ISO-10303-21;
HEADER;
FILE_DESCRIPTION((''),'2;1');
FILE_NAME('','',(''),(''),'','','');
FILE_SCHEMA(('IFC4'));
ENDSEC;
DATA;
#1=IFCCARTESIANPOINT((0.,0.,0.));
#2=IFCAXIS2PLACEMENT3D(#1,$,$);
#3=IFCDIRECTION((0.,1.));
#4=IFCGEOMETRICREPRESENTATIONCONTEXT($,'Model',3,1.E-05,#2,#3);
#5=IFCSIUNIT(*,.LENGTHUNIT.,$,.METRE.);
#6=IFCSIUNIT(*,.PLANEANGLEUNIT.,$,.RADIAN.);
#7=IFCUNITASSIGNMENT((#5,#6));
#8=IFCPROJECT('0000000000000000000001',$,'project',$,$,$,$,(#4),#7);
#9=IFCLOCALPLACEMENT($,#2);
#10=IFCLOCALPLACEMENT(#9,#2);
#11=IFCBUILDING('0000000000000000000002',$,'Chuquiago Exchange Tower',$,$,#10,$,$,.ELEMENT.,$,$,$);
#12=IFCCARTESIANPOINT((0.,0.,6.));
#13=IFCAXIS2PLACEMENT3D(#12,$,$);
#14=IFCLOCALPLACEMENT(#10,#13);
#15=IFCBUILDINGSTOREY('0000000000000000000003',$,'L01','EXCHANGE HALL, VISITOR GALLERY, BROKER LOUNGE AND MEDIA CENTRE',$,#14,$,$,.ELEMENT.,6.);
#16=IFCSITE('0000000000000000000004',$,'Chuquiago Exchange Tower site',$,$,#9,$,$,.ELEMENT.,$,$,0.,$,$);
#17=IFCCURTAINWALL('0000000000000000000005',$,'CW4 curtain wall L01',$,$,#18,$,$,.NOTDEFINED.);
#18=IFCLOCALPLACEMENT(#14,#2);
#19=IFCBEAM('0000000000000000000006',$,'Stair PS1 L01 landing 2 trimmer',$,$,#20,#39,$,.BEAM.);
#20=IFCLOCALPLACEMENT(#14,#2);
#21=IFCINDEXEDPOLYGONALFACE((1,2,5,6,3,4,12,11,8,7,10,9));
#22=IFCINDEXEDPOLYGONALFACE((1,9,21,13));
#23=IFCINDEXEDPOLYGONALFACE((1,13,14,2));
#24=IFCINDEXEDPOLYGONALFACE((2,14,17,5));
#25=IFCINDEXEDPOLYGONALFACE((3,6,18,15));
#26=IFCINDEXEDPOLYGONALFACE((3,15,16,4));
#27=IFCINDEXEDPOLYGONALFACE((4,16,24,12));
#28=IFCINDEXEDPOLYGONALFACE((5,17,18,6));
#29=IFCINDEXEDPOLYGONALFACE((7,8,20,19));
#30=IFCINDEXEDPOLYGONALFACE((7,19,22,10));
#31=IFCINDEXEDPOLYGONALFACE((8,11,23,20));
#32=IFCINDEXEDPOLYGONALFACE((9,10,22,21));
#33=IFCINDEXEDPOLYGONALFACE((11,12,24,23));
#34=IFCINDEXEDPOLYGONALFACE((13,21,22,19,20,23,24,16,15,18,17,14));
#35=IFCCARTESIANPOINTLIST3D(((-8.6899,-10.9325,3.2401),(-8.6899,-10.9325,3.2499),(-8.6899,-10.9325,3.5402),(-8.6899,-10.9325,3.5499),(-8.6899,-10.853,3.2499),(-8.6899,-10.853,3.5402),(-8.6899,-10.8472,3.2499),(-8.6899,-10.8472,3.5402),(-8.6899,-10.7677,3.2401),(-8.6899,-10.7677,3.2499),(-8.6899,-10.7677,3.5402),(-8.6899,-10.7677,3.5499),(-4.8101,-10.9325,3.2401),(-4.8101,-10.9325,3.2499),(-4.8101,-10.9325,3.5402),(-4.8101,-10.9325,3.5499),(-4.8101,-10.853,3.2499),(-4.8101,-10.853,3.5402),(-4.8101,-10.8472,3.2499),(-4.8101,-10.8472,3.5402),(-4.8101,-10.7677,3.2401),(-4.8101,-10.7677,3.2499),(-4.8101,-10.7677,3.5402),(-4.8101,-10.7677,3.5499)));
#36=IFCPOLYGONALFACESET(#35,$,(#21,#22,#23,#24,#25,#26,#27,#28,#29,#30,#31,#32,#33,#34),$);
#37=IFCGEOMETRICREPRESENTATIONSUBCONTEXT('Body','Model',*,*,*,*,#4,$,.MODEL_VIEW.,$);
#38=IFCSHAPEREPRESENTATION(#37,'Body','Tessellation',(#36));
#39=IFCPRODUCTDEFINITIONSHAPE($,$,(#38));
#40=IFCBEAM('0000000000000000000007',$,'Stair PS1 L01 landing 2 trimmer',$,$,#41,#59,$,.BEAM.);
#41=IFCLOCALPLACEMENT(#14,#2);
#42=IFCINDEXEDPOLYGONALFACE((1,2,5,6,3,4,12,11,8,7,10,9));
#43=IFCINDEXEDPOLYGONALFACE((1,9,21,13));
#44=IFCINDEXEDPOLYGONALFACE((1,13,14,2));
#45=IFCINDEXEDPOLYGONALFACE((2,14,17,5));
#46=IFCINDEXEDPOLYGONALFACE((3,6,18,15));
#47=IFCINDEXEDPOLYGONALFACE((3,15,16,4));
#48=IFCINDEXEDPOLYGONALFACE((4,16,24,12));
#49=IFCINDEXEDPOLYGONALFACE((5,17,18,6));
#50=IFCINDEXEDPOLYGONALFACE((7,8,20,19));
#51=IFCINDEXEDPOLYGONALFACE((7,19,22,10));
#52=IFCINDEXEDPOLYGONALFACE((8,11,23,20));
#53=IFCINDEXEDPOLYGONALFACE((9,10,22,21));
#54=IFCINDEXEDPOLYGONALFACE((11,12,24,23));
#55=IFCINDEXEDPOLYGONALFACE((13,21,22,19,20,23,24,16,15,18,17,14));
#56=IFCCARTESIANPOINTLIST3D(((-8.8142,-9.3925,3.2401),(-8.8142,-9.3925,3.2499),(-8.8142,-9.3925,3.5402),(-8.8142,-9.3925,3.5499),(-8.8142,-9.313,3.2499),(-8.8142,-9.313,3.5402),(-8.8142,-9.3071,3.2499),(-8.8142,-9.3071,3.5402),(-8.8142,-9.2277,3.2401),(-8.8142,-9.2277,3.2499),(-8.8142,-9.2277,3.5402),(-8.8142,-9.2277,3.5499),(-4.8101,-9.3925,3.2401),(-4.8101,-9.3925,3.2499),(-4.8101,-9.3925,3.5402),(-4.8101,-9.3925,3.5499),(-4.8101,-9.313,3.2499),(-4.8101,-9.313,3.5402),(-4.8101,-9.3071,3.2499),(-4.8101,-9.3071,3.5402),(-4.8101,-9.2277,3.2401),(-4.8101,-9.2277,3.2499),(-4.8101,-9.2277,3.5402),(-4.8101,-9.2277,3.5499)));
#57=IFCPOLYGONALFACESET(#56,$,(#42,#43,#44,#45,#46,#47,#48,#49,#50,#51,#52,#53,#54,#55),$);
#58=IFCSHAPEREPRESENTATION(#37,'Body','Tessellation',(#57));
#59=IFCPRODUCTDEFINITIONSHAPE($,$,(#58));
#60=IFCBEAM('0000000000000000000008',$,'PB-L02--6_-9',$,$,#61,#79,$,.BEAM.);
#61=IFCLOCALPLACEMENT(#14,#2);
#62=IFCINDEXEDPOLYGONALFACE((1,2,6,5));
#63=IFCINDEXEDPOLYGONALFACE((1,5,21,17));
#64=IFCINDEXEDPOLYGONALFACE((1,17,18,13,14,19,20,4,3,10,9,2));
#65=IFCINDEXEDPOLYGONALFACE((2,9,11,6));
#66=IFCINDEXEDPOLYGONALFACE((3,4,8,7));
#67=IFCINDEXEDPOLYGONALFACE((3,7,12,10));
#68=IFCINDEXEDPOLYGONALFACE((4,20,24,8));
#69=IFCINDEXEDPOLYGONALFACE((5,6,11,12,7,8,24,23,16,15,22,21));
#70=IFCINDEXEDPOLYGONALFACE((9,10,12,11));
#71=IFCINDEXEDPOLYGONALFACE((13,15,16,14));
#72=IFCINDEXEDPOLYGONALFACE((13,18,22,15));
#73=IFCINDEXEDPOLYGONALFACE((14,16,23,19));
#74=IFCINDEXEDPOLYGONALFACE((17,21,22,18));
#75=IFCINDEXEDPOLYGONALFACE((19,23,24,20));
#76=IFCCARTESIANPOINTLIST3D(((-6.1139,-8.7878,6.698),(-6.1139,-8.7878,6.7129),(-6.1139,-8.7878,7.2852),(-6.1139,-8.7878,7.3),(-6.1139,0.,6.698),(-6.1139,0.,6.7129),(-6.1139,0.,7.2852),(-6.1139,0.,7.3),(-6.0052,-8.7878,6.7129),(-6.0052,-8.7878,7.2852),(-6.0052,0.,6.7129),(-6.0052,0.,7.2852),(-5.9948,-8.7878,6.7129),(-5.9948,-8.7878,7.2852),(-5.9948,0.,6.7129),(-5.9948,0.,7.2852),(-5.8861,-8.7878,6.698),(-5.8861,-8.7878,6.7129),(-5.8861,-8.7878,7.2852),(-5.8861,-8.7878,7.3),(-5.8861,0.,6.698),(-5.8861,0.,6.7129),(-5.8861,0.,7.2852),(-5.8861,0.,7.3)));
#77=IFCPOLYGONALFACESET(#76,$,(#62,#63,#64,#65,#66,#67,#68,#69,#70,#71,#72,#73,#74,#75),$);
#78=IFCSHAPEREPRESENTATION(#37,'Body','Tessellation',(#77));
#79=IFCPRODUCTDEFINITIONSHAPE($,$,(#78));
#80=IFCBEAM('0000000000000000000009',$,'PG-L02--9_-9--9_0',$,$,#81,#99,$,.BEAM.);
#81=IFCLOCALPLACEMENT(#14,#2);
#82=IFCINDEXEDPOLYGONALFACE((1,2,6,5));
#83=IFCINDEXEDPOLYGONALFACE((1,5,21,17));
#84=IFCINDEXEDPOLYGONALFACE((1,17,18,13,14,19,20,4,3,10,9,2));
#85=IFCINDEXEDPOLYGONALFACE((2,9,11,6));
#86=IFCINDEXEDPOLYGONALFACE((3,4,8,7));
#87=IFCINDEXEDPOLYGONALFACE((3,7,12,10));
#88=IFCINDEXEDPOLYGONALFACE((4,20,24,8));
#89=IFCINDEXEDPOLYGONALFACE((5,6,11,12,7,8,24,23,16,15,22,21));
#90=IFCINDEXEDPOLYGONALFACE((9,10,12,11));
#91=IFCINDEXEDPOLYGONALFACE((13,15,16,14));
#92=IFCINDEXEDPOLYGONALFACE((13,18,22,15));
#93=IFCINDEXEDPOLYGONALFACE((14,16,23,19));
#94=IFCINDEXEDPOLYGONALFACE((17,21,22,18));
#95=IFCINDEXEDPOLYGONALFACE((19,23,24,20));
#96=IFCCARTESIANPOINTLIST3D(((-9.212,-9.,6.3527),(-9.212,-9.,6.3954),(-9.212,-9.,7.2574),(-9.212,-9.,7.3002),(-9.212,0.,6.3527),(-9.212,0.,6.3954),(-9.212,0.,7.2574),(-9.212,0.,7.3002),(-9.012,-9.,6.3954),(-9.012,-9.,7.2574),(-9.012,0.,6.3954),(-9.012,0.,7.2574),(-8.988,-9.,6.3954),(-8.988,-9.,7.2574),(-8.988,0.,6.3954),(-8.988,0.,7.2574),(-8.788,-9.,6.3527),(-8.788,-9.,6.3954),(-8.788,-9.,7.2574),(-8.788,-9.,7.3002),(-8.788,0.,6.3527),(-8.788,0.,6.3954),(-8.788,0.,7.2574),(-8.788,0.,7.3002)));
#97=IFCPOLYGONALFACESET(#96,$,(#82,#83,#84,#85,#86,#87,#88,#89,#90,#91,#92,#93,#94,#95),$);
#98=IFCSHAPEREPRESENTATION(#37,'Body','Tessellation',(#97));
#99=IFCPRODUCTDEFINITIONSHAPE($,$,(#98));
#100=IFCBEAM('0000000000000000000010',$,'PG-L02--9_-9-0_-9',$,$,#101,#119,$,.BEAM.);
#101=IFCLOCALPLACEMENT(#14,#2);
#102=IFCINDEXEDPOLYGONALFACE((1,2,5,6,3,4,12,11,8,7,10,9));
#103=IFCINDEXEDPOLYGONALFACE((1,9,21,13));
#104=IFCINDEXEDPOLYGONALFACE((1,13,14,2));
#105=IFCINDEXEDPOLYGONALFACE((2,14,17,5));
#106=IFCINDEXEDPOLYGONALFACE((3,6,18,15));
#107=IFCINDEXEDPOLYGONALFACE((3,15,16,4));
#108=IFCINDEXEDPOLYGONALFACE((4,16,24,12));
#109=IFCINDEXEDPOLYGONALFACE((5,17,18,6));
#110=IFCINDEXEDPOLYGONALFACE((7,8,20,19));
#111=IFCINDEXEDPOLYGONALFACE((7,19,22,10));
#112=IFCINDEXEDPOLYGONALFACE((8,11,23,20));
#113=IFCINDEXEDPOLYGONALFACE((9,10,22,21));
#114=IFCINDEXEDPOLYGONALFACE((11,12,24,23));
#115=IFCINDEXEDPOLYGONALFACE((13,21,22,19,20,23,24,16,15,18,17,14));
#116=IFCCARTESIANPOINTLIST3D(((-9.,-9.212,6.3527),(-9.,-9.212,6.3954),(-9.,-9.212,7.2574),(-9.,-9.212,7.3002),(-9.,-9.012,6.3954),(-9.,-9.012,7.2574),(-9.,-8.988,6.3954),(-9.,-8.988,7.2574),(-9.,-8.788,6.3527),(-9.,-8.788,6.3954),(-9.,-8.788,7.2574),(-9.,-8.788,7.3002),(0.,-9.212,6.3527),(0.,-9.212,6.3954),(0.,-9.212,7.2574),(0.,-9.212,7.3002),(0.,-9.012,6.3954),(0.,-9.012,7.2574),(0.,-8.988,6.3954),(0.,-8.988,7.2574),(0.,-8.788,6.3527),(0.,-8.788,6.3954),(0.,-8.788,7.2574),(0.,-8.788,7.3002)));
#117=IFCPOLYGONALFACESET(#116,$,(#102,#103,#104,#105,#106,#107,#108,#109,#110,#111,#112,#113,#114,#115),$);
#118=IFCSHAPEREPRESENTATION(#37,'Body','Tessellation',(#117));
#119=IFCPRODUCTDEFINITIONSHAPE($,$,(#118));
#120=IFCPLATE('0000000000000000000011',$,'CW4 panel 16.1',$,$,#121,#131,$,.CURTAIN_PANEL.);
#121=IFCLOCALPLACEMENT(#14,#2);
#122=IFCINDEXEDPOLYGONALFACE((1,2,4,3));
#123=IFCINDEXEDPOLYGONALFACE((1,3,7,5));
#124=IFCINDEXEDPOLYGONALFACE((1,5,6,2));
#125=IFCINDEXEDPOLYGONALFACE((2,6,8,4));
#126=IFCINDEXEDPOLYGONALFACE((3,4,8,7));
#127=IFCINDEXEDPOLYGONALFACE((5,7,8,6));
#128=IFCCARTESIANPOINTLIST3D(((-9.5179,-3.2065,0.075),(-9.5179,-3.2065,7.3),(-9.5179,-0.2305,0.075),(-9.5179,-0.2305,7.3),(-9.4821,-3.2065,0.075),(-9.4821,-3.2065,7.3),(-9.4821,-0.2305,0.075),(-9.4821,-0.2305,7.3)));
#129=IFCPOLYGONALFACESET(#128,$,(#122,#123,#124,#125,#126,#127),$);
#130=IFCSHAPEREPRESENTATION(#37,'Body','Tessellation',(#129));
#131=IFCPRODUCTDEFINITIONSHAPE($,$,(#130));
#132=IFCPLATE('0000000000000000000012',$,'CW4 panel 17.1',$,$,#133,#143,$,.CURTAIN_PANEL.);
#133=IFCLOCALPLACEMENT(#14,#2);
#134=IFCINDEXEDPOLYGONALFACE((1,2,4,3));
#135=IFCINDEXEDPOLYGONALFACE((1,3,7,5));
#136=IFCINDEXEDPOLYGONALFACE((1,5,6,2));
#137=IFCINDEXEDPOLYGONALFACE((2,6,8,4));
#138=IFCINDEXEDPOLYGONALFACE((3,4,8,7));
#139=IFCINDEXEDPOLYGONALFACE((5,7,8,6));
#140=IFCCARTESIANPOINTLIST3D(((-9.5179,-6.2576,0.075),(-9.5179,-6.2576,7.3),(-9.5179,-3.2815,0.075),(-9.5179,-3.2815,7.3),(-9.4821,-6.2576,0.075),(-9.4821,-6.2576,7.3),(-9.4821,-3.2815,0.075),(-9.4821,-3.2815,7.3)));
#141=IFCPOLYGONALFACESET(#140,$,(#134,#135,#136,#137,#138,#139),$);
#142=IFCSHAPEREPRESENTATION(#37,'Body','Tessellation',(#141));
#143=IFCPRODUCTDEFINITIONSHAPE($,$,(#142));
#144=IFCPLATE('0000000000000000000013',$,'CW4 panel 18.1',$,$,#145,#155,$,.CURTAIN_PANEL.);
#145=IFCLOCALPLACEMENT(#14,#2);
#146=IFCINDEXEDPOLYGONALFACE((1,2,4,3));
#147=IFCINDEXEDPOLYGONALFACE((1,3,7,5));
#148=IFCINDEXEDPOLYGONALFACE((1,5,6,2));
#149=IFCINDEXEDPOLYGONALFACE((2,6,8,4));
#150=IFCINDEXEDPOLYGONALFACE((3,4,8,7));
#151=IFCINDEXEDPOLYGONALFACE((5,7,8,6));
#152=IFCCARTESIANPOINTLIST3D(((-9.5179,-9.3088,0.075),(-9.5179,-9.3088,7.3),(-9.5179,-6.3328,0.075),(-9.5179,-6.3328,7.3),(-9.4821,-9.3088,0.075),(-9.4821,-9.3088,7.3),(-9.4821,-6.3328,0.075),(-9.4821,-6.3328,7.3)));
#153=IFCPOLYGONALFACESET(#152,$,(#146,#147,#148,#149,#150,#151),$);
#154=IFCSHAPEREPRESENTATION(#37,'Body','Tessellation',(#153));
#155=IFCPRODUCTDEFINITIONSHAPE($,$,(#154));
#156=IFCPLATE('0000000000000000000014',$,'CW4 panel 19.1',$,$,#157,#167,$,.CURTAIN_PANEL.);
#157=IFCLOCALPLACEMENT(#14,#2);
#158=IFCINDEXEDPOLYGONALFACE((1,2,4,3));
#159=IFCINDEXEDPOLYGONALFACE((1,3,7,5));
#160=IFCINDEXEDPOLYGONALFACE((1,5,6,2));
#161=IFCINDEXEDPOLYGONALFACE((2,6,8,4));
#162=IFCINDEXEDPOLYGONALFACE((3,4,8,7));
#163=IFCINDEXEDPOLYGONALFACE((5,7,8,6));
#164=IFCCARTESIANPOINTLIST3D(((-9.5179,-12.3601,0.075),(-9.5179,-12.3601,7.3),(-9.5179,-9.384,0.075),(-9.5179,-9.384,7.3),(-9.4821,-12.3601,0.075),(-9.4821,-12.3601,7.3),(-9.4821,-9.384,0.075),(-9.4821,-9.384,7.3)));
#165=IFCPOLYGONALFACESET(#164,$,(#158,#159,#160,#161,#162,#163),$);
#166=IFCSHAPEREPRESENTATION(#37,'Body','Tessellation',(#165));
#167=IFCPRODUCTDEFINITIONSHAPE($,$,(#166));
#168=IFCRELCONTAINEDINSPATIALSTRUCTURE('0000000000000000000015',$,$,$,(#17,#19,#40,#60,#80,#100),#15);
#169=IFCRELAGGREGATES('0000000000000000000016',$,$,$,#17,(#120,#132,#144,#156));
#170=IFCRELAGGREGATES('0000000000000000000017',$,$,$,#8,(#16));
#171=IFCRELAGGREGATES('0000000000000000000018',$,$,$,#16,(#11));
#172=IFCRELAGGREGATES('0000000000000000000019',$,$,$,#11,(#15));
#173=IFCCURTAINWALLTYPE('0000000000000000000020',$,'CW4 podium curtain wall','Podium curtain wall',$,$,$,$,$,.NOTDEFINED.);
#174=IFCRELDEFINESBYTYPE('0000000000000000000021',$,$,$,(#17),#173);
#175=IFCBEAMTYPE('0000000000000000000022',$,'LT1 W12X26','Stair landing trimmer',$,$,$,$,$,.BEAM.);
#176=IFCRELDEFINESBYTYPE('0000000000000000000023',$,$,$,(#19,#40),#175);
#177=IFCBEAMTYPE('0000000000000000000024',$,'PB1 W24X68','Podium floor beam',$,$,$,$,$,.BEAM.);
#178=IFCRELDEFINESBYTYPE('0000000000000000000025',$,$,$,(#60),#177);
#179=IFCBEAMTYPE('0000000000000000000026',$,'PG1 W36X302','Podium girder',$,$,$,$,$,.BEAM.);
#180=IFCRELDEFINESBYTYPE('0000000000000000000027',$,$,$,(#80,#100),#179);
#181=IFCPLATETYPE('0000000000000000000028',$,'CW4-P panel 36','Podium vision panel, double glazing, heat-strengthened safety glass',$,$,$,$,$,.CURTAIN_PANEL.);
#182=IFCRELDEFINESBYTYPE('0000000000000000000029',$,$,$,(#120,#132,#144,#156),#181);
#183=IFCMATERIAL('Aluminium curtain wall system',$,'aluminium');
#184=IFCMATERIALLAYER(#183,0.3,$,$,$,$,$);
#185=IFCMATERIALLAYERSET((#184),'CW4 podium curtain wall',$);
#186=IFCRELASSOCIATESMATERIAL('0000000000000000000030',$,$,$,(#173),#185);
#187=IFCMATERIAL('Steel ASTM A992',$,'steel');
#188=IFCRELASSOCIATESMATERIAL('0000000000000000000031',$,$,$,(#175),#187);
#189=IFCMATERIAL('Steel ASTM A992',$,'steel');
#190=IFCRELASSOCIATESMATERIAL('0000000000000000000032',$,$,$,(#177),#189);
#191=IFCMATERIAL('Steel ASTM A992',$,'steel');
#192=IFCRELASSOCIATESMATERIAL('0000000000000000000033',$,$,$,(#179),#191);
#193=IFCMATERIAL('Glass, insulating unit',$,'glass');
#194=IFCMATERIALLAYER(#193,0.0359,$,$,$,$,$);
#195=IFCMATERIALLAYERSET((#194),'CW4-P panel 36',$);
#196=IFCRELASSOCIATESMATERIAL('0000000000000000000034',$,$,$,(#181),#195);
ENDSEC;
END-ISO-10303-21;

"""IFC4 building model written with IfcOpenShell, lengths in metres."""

from ifc_helpers import new_model, si_unit, direction, frame, origin, origin_2d, place, context, subcontext, project, spatial, rectangle, i_section, extrude, material, layer, layer_set, material_profile, profile_set, type_object, element, aggregate, save


model = new_model("IFC4")

# Units and contexts
model_context = context("Model", 3, precision=1e-05, world=origin(), true_north=direction((0.0, 1.0)))
body_context = subcontext(model_context, "Body", "Model", "MODEL_VIEW")
ifc_project = project(units=[si_unit("LENGTHUNIT", "METRE"), si_unit("PLANEANGLEUNIT", "RADIAN")], contexts=[model_context])

# Site, building, storey
site_placement = place(None, origin())
site = spatial("IfcSite", under=ifc_project, at=site_placement, Name="Chuquiago Exchange Tower site", CompositionType="ELEMENT", RefElevation=0.0)
building_placement = place(site_placement, origin())
building = spatial("IfcBuilding", under=site, at=building_placement, Name="Chuquiago Exchange Tower", CompositionType="ELEMENT")
storey_placement = place(building_placement, frame((0.0, 0.0, 6.0)))
storey = spatial("IfcBuildingStorey", under=building, at=storey_placement, Name="L01", Description="EXCHANGE HALL, VISITOR GALLERY, BROKER LOUNGE AND MEDIA CENTRE", CompositionType="ELEMENT", Elevation=6.0)

# Curtain wall
ifc_material_1 = material(Name="Aluminium curtain wall system", Category="aluminium")
ifc_layer_1 = layer(ifc_material_1, 0.3)
ifc_layer_set_1 = layer_set([ifc_layer_1], Name="CW4 podium curtain wall")
curtain_wall_type = type_object("IfcCurtainWallType", Name="CW4 podium curtain wall", Description="Podium curtain wall", PredefinedType="NOTDEFINED", material=ifc_layer_set_1)
curtain_wall_placement = place(storey_placement, origin())
curtain_wall = element("IfcCurtainWall", 1, at=curtain_wall_placement, inside=storey, type_object=curtain_wall_type, Name="CW4 curtain wall L01", PredefinedType="NOTDEFINED")

# Beams
ifc_material_2 = material(Name="Steel ASTM A992", Category="steel")
ifc_material_profile_1 = material_profile(ifc_material_2, i_section(OverallWidth=0.1648, OverallDepth=0.3098, WebThickness=0.0059, FlangeThickness=0.0098, at=origin_2d()), Name="W12X26")
ifc_profile_set_1 = profile_set([ifc_material_profile_1], Name="Steel ASTM A992")
beam_type_1 = type_object("IfcBeamType", Name="LT1 W12X26", Description="Stair landing trimmer", PredefinedType="BEAM", material=ifc_profile_set_1)
beam_1_placement = place(storey_placement, frame((-8.6899, -10.8501, 3.395), z_axis=(1.0, 0.0, 0.0), x_axis=(0.0, 1.0, 0.0)))
element("IfcBeam", 2, at=beam_1_placement, inside=storey, type_object=beam_type_1, Name="Stair PS1 L01 landing 2 trimmer", PredefinedType="BEAM", context=body_context, shape_type="SweptSolid", body=[
    extrude(i_section(OverallWidth=0.1648, OverallDepth=0.3098, WebThickness=0.0059, FlangeThickness=0.0098, at=origin_2d()), origin(), (0.0, 0.0, 1.0), 3.8799),
])
beam_2_placement = place(storey_placement, frame((-8.8142, -9.3101, 3.395), z_axis=(1.0, 0.0, 0.0), x_axis=(0.0, 1.0, 0.0)))
element("IfcBeam", 3, at=beam_2_placement, inside=storey, type_object=beam_type_1, Name="Stair PS1 L01 landing 2 trimmer", PredefinedType="BEAM", context=body_context, shape_type="SweptSolid", body=[
    extrude(i_section(OverallWidth=0.1648, OverallDepth=0.3098, WebThickness=0.0059, FlangeThickness=0.0098, at=origin_2d()), origin(), (0.0, 0.0, 1.0), 4.0042),
])
ifc_material_3 = material(Name="Steel ASTM A992", Category="steel")
ifc_material_profile_2 = material_profile(ifc_material_3, i_section(OverallWidth=0.2278, OverallDepth=0.6021, WebThickness=0.0105, FlangeThickness=0.0149, at=origin_2d()), Name="W24X68")
ifc_profile_set_2 = profile_set([ifc_material_profile_2], Name="Steel ASTM A992")
beam_type_2 = type_object("IfcBeamType", Name="PB1 W24X68", Description="Podium floor beam", PredefinedType="BEAM", material=ifc_profile_set_2)
beam_3_placement = place(storey_placement, frame((-6.0, -8.7878, 6.999), z_axis=(0.0, 1.0, 0.0), x_axis=(-1.0, 0.0, 0.0)))
element("IfcBeam", 4, at=beam_3_placement, inside=storey, type_object=beam_type_2, Name="PB-L02--6_-9", PredefinedType="BEAM", context=body_context, shape_type="SweptSolid", body=[
    extrude(i_section(OverallWidth=0.2278, OverallDepth=0.6021, WebThickness=0.0105, FlangeThickness=0.0149, at=origin_2d()), origin(), (0.0, 0.0, 1.0), 8.7878),
])
ifc_material_4 = material(Name="Steel ASTM A992", Category="steel")
ifc_material_profile_3 = material_profile(ifc_material_4, i_section(OverallWidth=0.4241, OverallDepth=0.9475, WebThickness=0.0239, FlangeThickness=0.0427, at=origin_2d()), Name="W36X302")
ifc_profile_set_3 = profile_set([ifc_material_profile_3], Name="Steel ASTM A992")
beam_type_3 = type_object("IfcBeamType", Name="PG1 W36X302", Description="Podium girder", PredefinedType="BEAM", material=ifc_profile_set_3)
for number, where, z_axis, x_axis, name in (
    (5, (-9.0, -9.0, 6.8264), (0.0, 1.0, 0.0), (-1.0, 0.0, 0.0), "PG-L02--9_-9--9_0"),
    (6, (-9.0, -9.0, 6.8264), (1.0, 0.0, 0.0), (0.0, 1.0, 0.0), "PG-L02--9_-9-0_-9"),
):
    element("IfcBeam", number, at=place(storey_placement, frame(where, z_axis=z_axis, x_axis=x_axis)), inside=storey, type_object=beam_type_3, Name=name, PredefinedType="BEAM", context=body_context, shape_type="SweptSolid", body=[
        extrude(i_section(OverallWidth=0.4241, OverallDepth=0.9475, WebThickness=0.0239, FlangeThickness=0.0427, at=origin_2d()), origin(), (0.0, 0.0, 1.0), 9.0),
    ])

# Plates
ifc_material_5 = material(Name="Glass, insulating unit", Category="glass")
ifc_layer_2 = layer(ifc_material_5, 0.0359)
ifc_layer_set_2 = layer_set([ifc_layer_2], Name="CW4-P panel 36")
plate_type = type_object("IfcPlateType", Name="CW4-P panel 36", Description="Podium vision panel, double glazing, heat-strengthened safety glass", PredefinedType="CURTAIN_PANEL", material=ifc_layer_set_2)
plate_1_placement = place(storey_placement, frame((-9.5, -1.7185, 0.075), z_axis=(0.0, 0.0, 1.0), x_axis=(0.0, -1.0, 0.0)))
plate_1 = element("IfcPlate", 7, at=plate_1_placement, type_object=plate_type, Name="CW4 panel 16.1", PredefinedType="CURTAIN_PANEL", context=body_context, shape_type="SweptSolid", body=[
    extrude(rectangle(XDim=2.9761, YDim=0.0359, at=origin_2d()), origin(), (0.0, 0.0, 1.0), 7.2251),
])
plate_2_placement = place(storey_placement, frame((-9.5, -4.7695, 0.075), z_axis=(0.0, 0.0, 1.0), x_axis=(0.0, -1.0, 0.0)))
plate_2 = element("IfcPlate", 8, at=plate_2_placement, type_object=plate_type, Name="CW4 panel 17.1", PredefinedType="CURTAIN_PANEL", context=body_context, shape_type="SweptSolid", body=[
    extrude(rectangle(XDim=2.9761, YDim=0.0359, at=origin_2d()), origin(), (0.0, 0.0, 1.0), 7.2251),
])
plate_3_placement = place(storey_placement, frame((-9.5, -7.8208, 0.075), z_axis=(0.0, 0.0, 1.0), x_axis=(0.0, -1.0, 0.0)))
plate_3 = element("IfcPlate", 9, at=plate_3_placement, type_object=plate_type, Name="CW4 panel 18.1", PredefinedType="CURTAIN_PANEL", context=body_context, shape_type="SweptSolid", body=[
    extrude(rectangle(XDim=2.9761, YDim=0.0359, at=origin_2d()), origin(), (0.0, 0.0, 1.0), 7.2251),
])
plate_4_placement = place(storey_placement, frame((-9.5, -10.8721, 0.075), z_axis=(0.0, 0.0, 1.0), x_axis=(0.0, -1.0, 0.0)))
plate_4 = element("IfcPlate", 10, at=plate_4_placement, type_object=plate_type, Name="CW4 panel 19.1", PredefinedType="CURTAIN_PANEL", context=body_context, shape_type="SweptSolid", body=[
    extrude(rectangle(XDim=2.9761, YDim=0.0359, at=origin_2d()), origin(), (0.0, 0.0, 1.0), 7.2251),
])
aggregate(curtain_wall, [plate_1, plate_2, plate_3, plate_4])

save(model, "model.ifc")
